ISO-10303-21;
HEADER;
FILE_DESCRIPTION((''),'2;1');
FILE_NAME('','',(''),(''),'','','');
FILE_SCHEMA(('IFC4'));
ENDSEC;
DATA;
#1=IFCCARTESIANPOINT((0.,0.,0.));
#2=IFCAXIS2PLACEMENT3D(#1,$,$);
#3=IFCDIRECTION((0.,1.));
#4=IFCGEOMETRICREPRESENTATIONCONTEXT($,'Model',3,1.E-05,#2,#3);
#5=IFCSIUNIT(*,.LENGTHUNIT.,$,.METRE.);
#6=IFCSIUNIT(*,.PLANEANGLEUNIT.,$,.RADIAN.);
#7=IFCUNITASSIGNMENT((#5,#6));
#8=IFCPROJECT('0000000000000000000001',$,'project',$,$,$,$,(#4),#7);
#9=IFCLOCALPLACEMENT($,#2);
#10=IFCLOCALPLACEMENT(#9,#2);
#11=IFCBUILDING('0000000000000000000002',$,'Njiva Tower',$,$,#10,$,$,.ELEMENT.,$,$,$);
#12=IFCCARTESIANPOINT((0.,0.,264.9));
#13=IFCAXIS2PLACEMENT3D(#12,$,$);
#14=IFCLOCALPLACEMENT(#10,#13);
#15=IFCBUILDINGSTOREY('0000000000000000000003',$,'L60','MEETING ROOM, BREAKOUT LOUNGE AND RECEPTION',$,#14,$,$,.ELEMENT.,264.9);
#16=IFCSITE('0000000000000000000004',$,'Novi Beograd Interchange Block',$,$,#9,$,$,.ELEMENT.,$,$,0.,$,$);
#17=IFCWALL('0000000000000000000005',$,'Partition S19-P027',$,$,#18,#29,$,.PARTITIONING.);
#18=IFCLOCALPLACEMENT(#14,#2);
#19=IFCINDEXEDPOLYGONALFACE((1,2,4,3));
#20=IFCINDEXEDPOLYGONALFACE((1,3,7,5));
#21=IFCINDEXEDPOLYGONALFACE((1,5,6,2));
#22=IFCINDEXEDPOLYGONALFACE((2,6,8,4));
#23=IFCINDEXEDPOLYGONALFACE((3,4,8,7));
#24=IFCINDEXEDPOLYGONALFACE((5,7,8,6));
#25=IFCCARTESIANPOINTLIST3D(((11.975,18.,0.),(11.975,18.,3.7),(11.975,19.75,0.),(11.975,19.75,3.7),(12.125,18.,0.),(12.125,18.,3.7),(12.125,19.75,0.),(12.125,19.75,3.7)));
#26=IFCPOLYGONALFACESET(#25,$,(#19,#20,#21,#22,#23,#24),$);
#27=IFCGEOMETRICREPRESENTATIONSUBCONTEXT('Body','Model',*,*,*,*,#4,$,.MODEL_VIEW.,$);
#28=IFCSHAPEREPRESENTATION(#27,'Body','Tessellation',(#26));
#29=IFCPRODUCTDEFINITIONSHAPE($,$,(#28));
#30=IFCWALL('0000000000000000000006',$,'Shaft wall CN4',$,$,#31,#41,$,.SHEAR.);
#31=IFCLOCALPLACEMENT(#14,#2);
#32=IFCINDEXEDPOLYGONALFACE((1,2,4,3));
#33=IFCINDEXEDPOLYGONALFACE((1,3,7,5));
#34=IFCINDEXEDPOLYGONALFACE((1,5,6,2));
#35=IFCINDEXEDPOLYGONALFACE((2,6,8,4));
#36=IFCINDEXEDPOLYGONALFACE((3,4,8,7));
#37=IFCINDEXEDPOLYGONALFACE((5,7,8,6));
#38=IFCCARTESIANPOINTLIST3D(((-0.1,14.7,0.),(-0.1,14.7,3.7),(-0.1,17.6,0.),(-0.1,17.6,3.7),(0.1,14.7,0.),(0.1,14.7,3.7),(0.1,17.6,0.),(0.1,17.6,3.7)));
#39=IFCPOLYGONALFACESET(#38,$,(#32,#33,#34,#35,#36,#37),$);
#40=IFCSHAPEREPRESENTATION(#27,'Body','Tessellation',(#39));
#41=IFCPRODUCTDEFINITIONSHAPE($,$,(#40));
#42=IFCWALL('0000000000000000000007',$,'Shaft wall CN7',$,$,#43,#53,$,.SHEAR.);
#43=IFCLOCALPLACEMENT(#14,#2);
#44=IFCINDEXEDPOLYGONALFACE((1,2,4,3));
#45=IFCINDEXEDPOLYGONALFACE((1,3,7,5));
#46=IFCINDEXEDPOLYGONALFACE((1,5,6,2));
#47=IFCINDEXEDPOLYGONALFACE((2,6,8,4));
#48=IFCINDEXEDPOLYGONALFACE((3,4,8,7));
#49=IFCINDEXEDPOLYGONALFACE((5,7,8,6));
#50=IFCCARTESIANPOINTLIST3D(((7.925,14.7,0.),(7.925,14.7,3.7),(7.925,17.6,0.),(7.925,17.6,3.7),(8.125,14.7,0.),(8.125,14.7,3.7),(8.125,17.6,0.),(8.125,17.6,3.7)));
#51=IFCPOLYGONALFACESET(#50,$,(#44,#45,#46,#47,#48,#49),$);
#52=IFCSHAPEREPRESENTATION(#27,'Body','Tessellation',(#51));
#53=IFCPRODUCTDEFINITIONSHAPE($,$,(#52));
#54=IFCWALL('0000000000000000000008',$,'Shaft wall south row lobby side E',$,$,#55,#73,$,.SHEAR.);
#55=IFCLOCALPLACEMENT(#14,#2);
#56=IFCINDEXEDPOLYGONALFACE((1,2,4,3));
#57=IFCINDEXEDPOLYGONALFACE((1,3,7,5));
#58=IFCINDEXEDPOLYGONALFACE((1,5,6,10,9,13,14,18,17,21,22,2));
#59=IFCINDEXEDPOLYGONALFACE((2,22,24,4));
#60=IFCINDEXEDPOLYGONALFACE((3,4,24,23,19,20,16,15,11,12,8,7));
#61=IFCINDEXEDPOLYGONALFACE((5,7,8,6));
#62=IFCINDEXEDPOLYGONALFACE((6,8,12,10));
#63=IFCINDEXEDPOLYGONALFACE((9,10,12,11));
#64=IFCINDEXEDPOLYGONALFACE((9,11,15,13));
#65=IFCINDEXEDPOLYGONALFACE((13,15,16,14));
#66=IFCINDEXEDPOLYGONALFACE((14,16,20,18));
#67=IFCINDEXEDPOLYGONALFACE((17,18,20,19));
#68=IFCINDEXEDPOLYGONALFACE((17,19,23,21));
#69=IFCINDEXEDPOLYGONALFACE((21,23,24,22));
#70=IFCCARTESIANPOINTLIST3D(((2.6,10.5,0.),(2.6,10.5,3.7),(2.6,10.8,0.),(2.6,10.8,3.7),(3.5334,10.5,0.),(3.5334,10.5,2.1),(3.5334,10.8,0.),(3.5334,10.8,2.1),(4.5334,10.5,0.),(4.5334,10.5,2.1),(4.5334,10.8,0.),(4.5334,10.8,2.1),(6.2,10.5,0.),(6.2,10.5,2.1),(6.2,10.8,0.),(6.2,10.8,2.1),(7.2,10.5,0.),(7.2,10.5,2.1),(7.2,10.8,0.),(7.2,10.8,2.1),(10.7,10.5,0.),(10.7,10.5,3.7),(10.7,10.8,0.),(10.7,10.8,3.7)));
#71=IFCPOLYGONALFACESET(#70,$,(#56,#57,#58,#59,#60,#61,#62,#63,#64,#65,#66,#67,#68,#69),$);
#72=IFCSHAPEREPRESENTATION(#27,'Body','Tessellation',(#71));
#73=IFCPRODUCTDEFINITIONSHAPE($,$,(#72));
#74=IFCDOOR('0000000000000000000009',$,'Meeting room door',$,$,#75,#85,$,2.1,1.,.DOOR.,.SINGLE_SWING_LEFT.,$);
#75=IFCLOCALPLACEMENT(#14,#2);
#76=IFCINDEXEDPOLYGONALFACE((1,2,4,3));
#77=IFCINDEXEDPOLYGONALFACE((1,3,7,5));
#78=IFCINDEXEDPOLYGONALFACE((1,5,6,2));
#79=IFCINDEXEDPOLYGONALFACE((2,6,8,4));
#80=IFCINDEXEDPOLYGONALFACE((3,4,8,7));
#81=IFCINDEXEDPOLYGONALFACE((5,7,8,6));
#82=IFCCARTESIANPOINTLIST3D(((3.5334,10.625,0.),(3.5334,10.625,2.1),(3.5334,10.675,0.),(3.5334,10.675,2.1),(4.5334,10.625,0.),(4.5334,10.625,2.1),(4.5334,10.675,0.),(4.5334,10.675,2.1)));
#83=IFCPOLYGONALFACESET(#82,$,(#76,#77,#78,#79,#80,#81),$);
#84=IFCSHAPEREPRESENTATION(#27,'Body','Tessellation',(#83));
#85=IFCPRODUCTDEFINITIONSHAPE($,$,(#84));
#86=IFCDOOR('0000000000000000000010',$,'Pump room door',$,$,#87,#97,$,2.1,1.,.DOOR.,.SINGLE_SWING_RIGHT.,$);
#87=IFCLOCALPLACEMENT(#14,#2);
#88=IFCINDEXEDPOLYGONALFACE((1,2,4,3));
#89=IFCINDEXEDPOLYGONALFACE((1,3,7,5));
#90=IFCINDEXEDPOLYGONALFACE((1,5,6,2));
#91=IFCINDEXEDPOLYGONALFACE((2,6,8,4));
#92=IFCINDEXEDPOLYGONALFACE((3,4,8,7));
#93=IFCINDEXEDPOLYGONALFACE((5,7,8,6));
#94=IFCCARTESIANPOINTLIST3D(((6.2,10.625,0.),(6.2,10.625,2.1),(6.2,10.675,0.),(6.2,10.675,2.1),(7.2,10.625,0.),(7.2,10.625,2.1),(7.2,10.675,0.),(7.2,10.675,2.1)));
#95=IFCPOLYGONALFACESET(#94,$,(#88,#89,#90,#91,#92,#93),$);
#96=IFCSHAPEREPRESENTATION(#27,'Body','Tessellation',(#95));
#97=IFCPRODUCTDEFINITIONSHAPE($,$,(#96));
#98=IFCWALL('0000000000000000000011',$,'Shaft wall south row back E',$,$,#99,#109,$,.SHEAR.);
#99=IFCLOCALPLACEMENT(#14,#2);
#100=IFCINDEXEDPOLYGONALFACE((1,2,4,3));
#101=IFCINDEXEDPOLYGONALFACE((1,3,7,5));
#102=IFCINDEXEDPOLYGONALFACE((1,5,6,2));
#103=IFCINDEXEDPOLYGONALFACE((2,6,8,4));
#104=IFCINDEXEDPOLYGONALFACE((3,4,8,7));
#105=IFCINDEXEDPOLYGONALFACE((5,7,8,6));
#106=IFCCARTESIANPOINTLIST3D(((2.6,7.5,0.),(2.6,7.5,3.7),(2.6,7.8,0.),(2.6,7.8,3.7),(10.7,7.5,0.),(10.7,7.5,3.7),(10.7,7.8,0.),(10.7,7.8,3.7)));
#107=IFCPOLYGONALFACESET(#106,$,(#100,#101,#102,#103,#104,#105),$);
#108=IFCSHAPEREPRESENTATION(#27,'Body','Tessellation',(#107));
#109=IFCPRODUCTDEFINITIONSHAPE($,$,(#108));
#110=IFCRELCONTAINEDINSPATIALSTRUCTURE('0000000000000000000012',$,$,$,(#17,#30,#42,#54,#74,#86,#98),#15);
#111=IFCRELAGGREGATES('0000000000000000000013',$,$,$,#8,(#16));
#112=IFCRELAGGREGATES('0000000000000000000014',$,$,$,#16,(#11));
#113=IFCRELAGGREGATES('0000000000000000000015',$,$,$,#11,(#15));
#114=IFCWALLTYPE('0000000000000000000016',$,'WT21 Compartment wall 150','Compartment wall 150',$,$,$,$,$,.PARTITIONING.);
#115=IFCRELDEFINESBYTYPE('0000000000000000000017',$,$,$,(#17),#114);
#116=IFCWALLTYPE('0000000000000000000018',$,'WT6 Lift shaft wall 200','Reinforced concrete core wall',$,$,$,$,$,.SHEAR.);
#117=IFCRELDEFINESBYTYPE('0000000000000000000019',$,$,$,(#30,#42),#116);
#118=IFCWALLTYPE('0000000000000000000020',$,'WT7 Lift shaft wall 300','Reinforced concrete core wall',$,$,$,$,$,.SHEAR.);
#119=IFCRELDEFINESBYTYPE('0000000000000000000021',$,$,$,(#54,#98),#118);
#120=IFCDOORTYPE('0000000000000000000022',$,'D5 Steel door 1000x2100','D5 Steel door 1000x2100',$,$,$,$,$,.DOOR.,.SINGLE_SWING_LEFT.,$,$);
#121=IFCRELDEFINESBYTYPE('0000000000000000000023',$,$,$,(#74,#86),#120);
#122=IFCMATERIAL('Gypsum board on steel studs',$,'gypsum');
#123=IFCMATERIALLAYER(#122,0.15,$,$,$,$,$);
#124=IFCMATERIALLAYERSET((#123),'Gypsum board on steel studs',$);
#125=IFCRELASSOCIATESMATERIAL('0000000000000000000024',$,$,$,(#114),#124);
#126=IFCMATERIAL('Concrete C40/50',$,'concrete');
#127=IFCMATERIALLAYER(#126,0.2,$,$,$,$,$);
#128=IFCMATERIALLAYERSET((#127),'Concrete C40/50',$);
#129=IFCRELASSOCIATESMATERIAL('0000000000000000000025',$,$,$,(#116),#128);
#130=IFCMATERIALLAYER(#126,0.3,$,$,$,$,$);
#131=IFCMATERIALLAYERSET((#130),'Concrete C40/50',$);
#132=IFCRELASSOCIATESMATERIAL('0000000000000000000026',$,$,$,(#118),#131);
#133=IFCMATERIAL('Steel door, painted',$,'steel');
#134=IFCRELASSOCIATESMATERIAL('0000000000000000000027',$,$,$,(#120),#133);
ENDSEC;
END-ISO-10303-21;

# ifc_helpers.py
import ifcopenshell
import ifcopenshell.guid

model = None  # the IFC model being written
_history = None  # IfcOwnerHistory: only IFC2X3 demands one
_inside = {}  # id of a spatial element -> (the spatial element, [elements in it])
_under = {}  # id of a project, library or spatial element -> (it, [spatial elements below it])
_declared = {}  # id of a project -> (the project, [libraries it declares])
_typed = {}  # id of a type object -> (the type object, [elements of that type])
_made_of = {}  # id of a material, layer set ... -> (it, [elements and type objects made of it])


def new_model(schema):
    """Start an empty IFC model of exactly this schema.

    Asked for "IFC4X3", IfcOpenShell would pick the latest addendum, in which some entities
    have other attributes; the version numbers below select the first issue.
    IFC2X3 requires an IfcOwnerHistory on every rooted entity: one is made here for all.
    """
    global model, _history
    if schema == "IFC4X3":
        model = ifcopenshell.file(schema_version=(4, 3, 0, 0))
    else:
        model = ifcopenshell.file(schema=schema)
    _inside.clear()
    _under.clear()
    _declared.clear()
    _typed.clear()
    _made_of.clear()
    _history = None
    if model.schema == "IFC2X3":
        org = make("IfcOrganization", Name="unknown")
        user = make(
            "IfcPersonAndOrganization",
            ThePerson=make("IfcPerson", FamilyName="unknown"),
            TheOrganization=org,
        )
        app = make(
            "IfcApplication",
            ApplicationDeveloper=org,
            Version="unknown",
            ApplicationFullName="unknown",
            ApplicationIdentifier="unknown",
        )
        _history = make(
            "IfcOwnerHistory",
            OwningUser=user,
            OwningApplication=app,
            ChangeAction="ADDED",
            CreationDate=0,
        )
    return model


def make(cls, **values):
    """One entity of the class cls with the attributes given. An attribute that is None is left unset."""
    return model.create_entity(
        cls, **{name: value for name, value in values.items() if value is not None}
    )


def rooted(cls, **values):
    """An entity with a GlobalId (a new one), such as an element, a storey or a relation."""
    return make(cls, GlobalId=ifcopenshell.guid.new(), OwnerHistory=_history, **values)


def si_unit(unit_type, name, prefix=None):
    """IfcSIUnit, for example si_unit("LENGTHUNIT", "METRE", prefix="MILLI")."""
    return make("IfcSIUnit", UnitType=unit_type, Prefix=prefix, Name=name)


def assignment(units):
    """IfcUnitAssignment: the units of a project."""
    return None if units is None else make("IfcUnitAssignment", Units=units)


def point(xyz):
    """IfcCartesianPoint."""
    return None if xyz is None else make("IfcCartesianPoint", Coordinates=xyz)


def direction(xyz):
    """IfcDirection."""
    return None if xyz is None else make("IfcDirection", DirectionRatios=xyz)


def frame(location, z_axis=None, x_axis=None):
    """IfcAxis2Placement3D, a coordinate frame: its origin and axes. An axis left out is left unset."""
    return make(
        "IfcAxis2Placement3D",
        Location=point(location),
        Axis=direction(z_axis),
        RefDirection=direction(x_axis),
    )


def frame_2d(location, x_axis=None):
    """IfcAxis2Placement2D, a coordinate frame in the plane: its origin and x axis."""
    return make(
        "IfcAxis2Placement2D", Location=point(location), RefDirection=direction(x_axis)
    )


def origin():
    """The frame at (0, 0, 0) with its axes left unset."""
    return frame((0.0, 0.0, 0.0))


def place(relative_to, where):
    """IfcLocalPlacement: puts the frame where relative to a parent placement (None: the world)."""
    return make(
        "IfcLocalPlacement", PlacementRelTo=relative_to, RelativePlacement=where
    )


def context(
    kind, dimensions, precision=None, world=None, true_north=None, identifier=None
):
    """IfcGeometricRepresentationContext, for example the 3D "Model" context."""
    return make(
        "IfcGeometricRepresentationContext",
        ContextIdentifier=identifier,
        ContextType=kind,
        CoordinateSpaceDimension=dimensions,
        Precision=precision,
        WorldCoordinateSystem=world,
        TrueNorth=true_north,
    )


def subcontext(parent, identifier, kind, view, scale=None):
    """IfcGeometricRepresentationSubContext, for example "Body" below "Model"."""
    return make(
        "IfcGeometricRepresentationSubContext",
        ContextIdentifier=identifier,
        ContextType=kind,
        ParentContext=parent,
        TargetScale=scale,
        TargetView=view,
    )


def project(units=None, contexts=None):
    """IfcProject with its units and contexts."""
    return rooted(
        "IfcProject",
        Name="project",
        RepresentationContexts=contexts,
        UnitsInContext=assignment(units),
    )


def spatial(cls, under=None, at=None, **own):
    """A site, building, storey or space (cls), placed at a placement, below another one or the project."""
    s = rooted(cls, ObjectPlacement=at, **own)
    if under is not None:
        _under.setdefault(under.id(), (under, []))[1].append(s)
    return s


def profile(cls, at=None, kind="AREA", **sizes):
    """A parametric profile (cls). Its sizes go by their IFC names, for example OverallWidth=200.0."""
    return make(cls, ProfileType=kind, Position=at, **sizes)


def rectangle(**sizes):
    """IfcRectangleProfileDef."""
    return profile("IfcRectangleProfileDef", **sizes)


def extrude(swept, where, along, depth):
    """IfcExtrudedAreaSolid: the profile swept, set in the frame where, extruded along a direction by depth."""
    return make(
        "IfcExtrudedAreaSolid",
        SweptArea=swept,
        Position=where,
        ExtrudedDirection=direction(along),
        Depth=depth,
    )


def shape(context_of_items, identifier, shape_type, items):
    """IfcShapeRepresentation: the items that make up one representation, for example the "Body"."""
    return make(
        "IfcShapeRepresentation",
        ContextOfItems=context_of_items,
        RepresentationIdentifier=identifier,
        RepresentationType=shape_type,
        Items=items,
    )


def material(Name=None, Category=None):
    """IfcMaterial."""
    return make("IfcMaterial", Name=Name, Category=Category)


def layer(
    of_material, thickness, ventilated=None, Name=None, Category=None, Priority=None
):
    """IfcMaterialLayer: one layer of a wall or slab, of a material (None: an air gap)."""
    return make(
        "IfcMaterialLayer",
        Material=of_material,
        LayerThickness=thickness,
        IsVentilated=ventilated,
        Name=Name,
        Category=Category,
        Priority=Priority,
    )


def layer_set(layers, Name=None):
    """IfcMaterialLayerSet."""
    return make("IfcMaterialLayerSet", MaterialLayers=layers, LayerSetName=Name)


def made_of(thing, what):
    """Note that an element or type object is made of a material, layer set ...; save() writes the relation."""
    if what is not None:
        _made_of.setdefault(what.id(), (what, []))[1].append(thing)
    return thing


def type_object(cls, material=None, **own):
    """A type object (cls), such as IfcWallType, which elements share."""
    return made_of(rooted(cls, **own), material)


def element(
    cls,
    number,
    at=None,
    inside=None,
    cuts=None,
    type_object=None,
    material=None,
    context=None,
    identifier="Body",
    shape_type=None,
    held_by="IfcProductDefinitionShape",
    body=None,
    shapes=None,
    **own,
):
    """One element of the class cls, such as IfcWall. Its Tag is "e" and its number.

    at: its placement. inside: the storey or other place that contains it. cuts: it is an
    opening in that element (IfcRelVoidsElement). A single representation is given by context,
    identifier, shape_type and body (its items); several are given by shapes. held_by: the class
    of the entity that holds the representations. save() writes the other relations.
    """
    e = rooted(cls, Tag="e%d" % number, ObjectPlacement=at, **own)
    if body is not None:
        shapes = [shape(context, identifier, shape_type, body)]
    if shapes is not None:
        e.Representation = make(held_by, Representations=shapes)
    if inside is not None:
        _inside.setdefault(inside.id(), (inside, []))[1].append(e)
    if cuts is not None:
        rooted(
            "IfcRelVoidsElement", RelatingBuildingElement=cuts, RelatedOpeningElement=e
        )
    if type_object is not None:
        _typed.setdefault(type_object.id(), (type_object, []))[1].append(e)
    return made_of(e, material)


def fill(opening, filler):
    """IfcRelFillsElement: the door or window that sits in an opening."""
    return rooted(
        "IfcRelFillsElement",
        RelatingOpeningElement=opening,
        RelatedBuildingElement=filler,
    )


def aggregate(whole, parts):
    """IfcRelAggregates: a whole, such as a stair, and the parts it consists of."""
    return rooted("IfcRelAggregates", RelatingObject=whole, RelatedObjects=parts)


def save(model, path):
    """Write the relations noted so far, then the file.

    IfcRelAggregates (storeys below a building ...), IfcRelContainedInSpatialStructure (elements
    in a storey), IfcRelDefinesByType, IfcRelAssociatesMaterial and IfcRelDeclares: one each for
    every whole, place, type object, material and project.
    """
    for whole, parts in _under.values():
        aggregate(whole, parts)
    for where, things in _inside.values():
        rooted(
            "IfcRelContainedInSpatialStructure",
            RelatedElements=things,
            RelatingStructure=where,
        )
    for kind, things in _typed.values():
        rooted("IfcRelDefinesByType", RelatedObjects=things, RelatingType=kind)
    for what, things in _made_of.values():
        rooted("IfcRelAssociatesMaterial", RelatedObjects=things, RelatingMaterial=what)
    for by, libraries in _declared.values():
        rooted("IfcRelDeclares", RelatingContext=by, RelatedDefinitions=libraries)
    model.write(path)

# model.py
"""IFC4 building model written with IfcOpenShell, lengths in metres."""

from ifc_helpers import new_model, si_unit, direction, frame, frame_2d, origin, place, context, subcontext, project, spatial, rectangle, extrude, material, layer, layer_set, type_object, element, fill, save


model = new_model("IFC4")

# Units and contexts
model_context = context("Model", 3, precision=1e-05, world=origin(), true_north=direction((0.0, 1.0)))
body_context = subcontext(model_context, "Body", "Model", "MODEL_VIEW")
ifc_project = project(units=[si_unit("LENGTHUNIT", "METRE"), si_unit("PLANEANGLEUNIT", "RADIAN")], contexts=[model_context])

# Site, building, storey
site_placement = place(None, origin())
site = spatial("IfcSite", under=ifc_project, at=site_placement, Name="Novi Beograd Interchange Block", CompositionType="ELEMENT", RefElevation=0.0)
building_placement = place(site_placement, origin())
building = spatial("IfcBuilding", under=site, at=building_placement, Name="Njiva Tower", CompositionType="ELEMENT")
storey_placement = place(building_placement, frame((0.0, 0.0, 264.9)))
storey = spatial("IfcBuildingStorey", under=building, at=storey_placement, Name="L60", Description="MEETING ROOM, BREAKOUT LOUNGE AND RECEPTION", CompositionType="ELEMENT", Elevation=264.9)

# Shared definitions
ifc_material_1 = material(Name="Concrete C40/50", Category="concrete")
ifc_material_2 = material(Name="Steel door, painted", Category="steel")

# Walls
ifc_material_3 = material(Name="Gypsum board on steel studs", Category="gypsum")
ifc_layer_1 = layer(ifc_material_3, 0.15)
ifc_layer_set_1 = layer_set([ifc_layer_1], Name="Gypsum board on steel studs")
wall_type_1 = type_object("IfcWallType", Name="WT21 Compartment wall 150", Description="Compartment wall 150", PredefinedType="PARTITIONING", material=ifc_layer_set_1)
wall_1_placement = place(storey_placement, frame((12.05, 18.0, 0.0), z_axis=(0.0, 0.0, 1.0), x_axis=(0.0, 1.0, 0.0)))
element("IfcWall", 1, at=wall_1_placement, inside=storey, type_object=wall_type_1, Name="Partition S19-P027", PredefinedType="PARTITIONING", context=body_context, shape_type="SweptSolid", body=[
    extrude(rectangle(XDim=1.75, YDim=0.15, at=frame_2d((0.875, 0.0))), origin(), (0.0, 0.0, 1.0), 3.7),
])
ifc_layer_2 = layer(ifc_material_1, 0.2)
ifc_layer_set_2 = layer_set([ifc_layer_2], Name="Concrete C40/50")
wall_type_2 = type_object("IfcWallType", Name="WT6 Lift shaft wall 200", Description="Reinforced concrete core wall", PredefinedType="SHEAR", material=ifc_layer_set_2)
for number, where, z_axis, x_axis, name in (
    (2, (0.0, 14.7, 0.0), (0.0, 0.0, 1.0), (0.0, 1.0, 0.0), "Shaft wall CN4"),
    (3, (8.025, 14.7, 0.0), (0.0, 0.0, 1.0), (0.0, 1.0, 0.0), "Shaft wall CN7"),
):
    element("IfcWall", number, at=place(storey_placement, frame(where, z_axis=z_axis, x_axis=x_axis)), inside=storey, type_object=wall_type_2, Name=name, PredefinedType="SHEAR", context=body_context, shape_type="SweptSolid", body=[
        extrude(rectangle(XDim=2.9, YDim=0.2, at=frame_2d((1.45, 0.0))), origin(), (0.0, 0.0, 1.0), 3.7),
    ])

# Wall, openings, doors
ifc_layer_3 = layer(ifc_material_1, 0.3)
ifc_layer_set_3 = layer_set([ifc_layer_3], Name="Concrete C40/50")
wall_type_3 = type_object("IfcWallType", Name="WT7 Lift shaft wall 300", Description="Reinforced concrete core wall", PredefinedType="SHEAR", material=ifc_layer_set_3)
wall_2_placement = place(storey_placement, frame((2.6, 10.65, 0.0), z_axis=(0.0, 0.0, 1.0), x_axis=(1.0, 0.0, 0.0)))
wall_2 = element("IfcWall", 4, at=wall_2_placement, inside=storey, type_object=wall_type_3, Name="Shaft wall south row lobby side E", PredefinedType="SHEAR", context=body_context, shape_type="SweptSolid", body=[
    extrude(rectangle(XDim=8.1, YDim=0.3, at=frame_2d((4.05, 0.0))), origin(), (0.0, 0.0, 1.0), 3.7),
])
opening_1_placement = place(wall_2_placement, frame((0.9334, 0.0, 0.0)))
opening_1 = element("IfcOpeningElement", 5, at=opening_1_placement, cuts=wall_2, PredefinedType="OPENING", context=body_context, shape_type="SweptSolid", body=[
    extrude(rectangle(XDim=1.0, YDim=2.1, at=frame_2d((0.5, 1.05))), frame((0.0, 0.16, 0.0), z_axis=(0.0, -1.0, 0.0), x_axis=(1.0, 0.0, 0.0)), (0.0, 0.0, 1.0), 0.32),
])
opening_2_placement = place(wall_2_placement, frame((3.6, 0.0, 0.0)))
opening_2 = element("IfcOpeningElement", 6, at=opening_2_placement, cuts=wall_2, PredefinedType="OPENING", context=body_context, shape_type="SweptSolid", body=[
    extrude(rectangle(XDim=1.0, YDim=2.1, at=frame_2d((0.5, 1.05))), frame((0.0, 0.16, 0.0), z_axis=(0.0, -1.0, 0.0), x_axis=(1.0, 0.0, 0.0)), (0.0, 0.0, 1.0), 0.32),
])
door_type_1 = type_object("IfcDoorType", Name="D5 Steel door 1000x2100", Description="D5 Steel door 1000x2100", OperationType="SINGLE_SWING_LEFT", PredefinedType="DOOR", material=ifc_material_2)
door_1_placement = place(opening_1_placement, origin())
door_1 = element("IfcDoor", 7, at=door_1_placement, inside=storey, type_object=door_type_1, Name="Meeting room door", OperationType="SINGLE_SWING_LEFT", OverallHeight=2.1, OverallWidth=1.0, PredefinedType="DOOR", context=body_context, shape_type="SweptSolid", body=[
    extrude(rectangle(XDim=1.0, YDim=2.1, at=frame_2d((0.5, 1.05))), frame((0.0, 0.025, 0.0), z_axis=(0.0, -1.0, 0.0), x_axis=(1.0, 0.0, 0.0)), (0.0, 0.0, 1.0), 0.05),
])
fill(opening_1, door_1)
door_2_placement = place(opening_2_placement, origin())
door_2 = element("IfcDoor", 8, at=door_2_placement, inside=storey, type_object=door_type_1, Name="Pump room door", OperationType="SINGLE_SWING_RIGHT", OverallHeight=2.1, OverallWidth=1.0, PredefinedType="DOOR", context=body_context, shape_type="SweptSolid", body=[
    extrude(rectangle(XDim=1.0, YDim=2.1, at=frame_2d((0.5, 1.05))), frame((0.0, 0.025, 0.0), z_axis=(0.0, -1.0, 0.0), x_axis=(1.0, 0.0, 0.0)), (0.0, 0.0, 1.0), 0.05),
])
fill(opening_2, door_2)

# Wall
wall_3_placement = place(storey_placement, frame((2.6, 7.65, 0.0), z_axis=(0.0, 0.0, 1.0), x_axis=(1.0, 0.0, 0.0)))
element("IfcWall", 9, at=wall_3_placement, inside=storey, type_object=wall_type_3, Name="Shaft wall south row back E", PredefinedType="SHEAR", context=body_context, shape_type="SweptSolid", body=[
    extrude(rectangle(XDim=8.1, YDim=0.3, at=frame_2d((4.05, 0.0))), origin(), (0.0, 0.0, 1.0), 3.7),
])

save(model, "model.ifc")
